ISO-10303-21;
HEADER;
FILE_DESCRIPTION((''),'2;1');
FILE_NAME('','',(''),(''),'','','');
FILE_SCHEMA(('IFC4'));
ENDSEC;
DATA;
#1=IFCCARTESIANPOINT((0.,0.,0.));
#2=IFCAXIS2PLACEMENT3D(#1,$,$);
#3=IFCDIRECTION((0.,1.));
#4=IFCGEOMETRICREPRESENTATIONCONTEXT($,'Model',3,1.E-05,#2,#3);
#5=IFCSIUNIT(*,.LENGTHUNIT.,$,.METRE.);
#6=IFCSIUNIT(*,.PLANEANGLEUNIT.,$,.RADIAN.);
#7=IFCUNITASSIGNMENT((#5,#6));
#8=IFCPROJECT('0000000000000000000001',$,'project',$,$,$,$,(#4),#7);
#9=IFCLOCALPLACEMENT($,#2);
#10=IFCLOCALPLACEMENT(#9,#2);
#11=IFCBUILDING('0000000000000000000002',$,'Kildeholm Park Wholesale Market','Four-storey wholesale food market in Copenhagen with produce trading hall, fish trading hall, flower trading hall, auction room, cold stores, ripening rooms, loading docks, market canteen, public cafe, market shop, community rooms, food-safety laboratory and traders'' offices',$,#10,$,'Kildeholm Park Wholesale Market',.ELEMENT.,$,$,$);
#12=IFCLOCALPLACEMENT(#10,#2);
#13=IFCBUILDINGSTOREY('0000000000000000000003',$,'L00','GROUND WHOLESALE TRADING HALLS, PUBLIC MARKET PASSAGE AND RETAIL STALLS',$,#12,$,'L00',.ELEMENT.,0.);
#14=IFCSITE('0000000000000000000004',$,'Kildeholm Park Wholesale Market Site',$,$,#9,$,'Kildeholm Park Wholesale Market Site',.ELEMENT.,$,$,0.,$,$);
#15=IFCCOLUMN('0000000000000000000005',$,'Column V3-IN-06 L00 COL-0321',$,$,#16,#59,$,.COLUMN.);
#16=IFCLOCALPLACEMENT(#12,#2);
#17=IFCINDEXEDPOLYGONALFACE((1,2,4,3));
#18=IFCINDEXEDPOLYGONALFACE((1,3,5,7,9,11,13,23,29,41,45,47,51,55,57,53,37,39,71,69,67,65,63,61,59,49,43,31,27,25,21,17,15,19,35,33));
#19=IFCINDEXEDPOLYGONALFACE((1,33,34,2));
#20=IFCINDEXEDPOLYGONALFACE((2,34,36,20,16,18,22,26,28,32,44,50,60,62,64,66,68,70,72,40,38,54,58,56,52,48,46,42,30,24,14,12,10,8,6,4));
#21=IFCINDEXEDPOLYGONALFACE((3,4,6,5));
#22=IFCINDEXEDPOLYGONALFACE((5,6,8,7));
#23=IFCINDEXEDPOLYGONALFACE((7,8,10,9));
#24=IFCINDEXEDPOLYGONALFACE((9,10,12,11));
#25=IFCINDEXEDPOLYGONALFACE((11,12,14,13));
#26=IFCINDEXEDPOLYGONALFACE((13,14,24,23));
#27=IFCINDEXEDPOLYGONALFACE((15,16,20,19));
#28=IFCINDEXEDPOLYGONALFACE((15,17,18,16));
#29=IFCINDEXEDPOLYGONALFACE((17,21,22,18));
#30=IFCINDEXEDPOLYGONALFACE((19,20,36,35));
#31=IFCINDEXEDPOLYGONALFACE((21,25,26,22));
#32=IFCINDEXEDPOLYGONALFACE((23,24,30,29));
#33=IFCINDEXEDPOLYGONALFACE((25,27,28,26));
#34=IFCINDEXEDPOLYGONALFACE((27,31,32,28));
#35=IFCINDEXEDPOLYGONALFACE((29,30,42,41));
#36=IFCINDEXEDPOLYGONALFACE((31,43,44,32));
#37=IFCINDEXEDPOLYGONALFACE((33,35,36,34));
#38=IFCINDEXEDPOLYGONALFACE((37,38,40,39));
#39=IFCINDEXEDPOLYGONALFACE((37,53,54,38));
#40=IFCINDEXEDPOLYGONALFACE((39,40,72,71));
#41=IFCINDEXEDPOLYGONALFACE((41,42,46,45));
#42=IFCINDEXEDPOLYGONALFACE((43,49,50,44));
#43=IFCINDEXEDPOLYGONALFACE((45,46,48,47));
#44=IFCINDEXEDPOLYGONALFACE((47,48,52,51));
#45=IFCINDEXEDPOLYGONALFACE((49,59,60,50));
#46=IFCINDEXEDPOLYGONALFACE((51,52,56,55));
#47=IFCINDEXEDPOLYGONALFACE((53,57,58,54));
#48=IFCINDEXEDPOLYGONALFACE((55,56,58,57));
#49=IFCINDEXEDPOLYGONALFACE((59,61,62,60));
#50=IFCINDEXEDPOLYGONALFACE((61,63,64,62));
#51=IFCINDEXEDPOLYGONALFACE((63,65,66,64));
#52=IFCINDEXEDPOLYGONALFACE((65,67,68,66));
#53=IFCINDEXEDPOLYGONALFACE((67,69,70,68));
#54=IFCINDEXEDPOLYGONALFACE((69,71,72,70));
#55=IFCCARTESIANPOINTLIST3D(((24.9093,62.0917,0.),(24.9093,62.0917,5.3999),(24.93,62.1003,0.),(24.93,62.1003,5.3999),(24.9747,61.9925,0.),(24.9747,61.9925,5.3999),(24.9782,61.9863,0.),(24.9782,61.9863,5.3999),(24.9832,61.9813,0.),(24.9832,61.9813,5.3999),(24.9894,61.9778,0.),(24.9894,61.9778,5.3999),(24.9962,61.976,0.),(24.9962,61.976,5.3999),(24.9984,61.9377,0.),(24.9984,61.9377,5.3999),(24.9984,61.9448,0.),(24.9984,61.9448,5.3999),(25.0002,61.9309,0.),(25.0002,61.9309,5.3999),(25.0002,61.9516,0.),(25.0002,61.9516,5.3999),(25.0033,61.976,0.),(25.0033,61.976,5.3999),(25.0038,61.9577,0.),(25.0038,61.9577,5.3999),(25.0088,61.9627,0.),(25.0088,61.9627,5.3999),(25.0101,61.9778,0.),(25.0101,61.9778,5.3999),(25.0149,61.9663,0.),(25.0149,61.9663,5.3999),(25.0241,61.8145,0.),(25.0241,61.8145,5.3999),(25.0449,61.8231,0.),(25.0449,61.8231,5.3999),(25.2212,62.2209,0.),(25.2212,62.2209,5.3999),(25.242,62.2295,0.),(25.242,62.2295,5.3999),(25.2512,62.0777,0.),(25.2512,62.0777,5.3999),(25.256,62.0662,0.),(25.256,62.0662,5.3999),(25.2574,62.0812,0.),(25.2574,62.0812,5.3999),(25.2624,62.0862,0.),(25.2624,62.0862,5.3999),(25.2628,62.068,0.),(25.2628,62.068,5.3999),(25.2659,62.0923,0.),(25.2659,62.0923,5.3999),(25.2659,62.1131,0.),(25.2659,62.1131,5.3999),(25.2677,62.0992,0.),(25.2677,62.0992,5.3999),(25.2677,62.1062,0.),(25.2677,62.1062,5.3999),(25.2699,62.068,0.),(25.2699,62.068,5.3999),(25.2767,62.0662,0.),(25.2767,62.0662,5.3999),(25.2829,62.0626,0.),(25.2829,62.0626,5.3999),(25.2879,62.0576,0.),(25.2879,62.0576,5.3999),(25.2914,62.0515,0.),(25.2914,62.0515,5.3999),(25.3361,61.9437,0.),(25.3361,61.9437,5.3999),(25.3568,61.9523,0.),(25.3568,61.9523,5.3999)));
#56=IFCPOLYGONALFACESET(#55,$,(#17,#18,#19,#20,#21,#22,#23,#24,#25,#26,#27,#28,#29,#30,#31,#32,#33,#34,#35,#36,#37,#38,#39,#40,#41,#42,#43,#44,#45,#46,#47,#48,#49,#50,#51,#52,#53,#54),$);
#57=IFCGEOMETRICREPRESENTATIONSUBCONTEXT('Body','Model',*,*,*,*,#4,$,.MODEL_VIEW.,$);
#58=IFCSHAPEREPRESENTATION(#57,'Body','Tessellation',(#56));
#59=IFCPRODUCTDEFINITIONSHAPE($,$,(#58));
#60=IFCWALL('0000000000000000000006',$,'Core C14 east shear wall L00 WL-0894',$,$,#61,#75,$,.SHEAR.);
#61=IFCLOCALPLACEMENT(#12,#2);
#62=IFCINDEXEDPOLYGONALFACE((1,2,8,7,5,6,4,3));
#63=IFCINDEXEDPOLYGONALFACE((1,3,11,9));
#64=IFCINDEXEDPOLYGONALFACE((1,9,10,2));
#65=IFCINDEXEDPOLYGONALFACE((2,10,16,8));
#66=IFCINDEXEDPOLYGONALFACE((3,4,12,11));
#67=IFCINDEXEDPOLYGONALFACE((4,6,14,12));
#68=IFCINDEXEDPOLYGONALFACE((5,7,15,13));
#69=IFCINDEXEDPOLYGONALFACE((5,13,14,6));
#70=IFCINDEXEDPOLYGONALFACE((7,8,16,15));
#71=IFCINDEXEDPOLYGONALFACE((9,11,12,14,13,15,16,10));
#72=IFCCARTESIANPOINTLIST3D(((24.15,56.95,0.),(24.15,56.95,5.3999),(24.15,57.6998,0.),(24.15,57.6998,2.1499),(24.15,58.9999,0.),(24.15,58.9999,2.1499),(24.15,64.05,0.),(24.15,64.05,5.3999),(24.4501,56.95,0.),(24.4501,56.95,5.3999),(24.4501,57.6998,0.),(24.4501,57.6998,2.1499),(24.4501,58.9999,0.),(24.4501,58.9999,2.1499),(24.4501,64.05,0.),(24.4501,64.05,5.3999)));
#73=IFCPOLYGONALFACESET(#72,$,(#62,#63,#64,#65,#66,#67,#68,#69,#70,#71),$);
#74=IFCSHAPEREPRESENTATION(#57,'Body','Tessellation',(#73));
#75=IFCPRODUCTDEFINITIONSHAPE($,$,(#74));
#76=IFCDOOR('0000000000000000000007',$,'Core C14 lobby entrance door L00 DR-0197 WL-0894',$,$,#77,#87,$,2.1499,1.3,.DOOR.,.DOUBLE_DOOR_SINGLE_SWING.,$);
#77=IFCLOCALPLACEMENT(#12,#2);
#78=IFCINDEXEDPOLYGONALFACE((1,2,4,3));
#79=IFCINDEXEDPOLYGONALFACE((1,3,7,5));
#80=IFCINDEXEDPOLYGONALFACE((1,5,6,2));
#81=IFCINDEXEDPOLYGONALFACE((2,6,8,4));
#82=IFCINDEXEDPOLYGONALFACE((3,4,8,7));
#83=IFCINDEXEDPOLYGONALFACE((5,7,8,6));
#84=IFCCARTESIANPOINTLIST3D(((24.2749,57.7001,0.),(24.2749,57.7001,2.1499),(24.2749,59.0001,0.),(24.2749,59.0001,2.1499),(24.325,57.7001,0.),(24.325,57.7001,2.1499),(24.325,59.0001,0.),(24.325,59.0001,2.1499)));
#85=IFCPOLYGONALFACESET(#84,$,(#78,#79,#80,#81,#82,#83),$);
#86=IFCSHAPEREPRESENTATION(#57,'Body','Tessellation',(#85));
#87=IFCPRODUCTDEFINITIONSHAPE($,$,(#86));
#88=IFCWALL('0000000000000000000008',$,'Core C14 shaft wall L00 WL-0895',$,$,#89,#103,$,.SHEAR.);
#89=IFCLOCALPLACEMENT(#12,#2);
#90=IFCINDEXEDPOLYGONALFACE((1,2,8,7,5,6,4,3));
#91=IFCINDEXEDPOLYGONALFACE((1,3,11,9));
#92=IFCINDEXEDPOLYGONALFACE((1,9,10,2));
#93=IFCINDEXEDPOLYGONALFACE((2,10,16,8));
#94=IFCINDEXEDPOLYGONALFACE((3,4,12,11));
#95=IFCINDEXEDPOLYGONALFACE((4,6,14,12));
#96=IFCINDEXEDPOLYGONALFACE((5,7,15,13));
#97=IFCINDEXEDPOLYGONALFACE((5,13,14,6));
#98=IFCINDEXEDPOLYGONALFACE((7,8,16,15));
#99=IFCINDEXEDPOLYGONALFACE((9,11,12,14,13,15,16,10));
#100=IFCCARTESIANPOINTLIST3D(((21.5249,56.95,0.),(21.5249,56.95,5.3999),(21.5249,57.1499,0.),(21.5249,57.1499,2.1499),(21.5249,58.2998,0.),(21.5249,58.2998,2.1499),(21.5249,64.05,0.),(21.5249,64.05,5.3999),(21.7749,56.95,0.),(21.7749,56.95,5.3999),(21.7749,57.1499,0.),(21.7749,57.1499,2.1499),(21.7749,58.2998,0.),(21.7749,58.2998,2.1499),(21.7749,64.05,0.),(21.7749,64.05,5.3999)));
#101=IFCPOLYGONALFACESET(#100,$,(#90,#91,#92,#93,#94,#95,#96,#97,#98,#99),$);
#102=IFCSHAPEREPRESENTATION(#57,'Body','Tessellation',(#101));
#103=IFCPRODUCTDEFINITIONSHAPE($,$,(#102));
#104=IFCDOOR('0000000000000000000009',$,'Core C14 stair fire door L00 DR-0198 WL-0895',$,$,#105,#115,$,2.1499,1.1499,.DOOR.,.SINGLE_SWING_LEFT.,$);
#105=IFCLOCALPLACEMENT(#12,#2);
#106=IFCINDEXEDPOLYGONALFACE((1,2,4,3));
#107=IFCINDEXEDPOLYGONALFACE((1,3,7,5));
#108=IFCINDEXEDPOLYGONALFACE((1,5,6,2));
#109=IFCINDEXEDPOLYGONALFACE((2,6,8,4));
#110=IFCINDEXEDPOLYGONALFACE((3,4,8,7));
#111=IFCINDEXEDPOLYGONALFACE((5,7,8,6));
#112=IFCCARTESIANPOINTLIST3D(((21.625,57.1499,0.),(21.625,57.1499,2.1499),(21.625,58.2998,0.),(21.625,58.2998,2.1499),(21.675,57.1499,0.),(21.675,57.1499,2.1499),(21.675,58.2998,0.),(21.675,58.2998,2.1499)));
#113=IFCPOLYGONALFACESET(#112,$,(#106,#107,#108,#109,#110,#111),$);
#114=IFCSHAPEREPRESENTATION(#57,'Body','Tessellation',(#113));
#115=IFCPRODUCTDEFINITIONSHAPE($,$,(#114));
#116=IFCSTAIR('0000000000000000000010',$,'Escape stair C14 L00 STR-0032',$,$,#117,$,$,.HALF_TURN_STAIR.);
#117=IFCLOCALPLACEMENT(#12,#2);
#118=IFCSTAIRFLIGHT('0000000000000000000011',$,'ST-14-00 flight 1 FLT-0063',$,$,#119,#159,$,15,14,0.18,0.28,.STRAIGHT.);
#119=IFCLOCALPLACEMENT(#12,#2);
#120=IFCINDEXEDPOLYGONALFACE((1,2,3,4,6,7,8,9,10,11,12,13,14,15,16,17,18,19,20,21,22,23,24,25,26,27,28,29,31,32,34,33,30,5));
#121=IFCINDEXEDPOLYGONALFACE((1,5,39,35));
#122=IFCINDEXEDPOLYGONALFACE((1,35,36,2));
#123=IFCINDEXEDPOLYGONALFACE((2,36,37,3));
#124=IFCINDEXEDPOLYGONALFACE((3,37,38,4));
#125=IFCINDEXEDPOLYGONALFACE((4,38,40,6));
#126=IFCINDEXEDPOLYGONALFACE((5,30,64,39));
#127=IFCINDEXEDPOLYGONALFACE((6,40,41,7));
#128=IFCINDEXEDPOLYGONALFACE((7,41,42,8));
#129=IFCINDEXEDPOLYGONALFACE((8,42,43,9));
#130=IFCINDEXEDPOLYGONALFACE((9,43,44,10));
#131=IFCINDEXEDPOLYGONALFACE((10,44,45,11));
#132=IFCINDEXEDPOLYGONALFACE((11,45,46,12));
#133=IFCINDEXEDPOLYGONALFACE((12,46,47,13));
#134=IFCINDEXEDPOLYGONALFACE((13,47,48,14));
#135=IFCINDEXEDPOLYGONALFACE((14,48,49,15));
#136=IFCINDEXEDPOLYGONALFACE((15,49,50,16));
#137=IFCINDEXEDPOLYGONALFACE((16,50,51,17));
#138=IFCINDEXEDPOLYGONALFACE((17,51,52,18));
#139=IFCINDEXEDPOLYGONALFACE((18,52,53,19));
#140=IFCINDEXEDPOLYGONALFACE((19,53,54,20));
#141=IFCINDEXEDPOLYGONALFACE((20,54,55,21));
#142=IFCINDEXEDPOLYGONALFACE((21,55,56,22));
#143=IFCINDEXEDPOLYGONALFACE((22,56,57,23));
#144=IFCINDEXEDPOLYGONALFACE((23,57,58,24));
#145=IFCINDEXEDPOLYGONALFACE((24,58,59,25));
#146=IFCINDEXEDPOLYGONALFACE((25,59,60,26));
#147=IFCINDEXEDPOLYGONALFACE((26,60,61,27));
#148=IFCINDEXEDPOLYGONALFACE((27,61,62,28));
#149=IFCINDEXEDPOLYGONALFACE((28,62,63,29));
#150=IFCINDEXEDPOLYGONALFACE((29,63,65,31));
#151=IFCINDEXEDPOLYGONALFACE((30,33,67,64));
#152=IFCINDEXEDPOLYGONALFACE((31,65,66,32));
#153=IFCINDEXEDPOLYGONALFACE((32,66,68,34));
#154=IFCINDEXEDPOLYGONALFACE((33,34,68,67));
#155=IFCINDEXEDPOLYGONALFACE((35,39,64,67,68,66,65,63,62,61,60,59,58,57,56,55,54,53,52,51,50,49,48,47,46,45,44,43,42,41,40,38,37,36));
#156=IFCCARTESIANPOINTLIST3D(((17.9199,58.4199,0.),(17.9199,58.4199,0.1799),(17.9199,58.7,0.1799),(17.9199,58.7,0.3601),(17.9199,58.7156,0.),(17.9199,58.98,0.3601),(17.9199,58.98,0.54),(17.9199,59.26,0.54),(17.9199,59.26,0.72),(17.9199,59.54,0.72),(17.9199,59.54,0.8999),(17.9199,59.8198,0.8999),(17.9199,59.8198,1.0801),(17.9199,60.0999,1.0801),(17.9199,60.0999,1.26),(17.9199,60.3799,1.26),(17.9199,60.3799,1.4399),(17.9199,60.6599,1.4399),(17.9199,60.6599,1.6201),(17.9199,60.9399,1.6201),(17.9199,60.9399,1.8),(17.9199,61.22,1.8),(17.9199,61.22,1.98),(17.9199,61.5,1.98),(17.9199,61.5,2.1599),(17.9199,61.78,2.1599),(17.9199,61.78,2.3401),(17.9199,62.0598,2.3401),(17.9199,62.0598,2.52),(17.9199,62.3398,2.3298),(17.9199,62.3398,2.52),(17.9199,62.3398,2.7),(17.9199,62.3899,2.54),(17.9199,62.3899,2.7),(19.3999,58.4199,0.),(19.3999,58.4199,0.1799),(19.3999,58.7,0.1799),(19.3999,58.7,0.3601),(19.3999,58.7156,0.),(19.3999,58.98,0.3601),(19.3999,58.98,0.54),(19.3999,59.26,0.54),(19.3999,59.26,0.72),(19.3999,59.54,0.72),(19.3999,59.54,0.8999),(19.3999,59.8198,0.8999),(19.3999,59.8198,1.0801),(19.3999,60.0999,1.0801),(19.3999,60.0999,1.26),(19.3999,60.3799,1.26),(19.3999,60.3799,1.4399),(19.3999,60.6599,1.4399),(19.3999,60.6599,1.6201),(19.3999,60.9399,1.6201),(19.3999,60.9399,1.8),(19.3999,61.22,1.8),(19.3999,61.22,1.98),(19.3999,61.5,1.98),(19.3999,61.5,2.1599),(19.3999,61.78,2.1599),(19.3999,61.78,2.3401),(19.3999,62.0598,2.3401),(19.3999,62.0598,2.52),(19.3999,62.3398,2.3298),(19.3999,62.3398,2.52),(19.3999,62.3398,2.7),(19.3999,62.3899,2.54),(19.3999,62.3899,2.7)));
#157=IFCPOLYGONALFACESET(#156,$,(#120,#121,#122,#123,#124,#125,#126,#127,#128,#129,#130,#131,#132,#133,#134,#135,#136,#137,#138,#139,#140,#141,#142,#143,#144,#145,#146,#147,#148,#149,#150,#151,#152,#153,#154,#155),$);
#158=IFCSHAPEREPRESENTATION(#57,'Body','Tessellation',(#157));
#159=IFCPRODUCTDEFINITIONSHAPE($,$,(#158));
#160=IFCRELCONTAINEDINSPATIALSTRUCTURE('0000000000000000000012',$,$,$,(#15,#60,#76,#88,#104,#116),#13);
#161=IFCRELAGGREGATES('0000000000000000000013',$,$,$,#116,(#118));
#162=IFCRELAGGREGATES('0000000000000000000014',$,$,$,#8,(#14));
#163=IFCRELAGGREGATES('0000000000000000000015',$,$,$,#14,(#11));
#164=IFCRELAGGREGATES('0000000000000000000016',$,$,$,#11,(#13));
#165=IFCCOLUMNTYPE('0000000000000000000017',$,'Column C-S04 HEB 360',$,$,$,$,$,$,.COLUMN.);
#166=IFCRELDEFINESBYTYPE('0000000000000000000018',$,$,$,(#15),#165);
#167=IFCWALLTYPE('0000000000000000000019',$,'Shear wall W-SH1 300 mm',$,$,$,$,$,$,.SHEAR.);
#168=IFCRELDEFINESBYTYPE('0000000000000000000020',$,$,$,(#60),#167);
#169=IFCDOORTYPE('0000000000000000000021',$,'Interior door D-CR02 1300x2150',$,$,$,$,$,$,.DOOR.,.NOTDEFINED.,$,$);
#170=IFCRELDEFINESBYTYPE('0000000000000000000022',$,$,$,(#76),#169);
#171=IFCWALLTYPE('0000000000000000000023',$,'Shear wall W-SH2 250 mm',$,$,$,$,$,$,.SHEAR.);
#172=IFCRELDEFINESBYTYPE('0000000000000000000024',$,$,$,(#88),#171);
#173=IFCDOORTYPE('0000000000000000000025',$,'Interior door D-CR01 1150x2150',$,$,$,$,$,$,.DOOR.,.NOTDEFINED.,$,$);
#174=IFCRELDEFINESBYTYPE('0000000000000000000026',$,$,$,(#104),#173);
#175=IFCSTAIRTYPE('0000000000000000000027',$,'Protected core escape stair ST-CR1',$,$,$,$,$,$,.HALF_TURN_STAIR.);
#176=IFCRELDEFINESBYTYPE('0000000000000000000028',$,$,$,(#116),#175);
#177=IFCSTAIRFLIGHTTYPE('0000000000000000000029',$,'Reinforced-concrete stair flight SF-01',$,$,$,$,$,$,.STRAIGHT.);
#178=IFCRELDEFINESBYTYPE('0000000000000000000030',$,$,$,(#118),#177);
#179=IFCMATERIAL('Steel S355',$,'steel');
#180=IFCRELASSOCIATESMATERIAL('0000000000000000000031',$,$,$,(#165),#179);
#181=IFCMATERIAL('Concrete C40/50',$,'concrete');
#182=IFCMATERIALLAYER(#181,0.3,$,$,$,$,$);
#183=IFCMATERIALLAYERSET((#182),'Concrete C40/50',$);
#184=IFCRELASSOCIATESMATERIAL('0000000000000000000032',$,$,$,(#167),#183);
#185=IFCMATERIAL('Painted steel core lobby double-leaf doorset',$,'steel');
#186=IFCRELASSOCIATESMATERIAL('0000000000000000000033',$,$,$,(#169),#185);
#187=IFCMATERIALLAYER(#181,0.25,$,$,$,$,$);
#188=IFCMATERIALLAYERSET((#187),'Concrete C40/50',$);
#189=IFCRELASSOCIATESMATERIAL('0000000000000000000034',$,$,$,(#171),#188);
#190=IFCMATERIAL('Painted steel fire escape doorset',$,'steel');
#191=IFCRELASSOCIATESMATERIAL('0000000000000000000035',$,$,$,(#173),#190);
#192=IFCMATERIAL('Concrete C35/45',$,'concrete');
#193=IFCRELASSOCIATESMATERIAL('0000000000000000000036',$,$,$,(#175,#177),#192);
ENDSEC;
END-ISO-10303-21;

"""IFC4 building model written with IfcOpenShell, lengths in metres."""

from ifc_helpers import new_model, si_unit, direction, frame, frame_2d, origin, origin_2d, place, context, subcontext, project, spatial, polyline, rectangle, i_section, outline, extrude, material, layer, layer_set, material_profile, profile_set, type_object, element, fill, aggregate, save


model = new_model("IFC4")

# Units and contexts
model_context = context("Model", 3, precision=1e-05, world=origin(), true_north=direction((0.0, 1.0)))
body_context = subcontext(model_context, "Body", "Model", "MODEL_VIEW")
ifc_project = project(units=[si_unit("LENGTHUNIT", "METRE"), si_unit("PLANEANGLEUNIT", "RADIAN")], contexts=[model_context])

# Site, building, storey
site_placement = place(None, origin())
site = spatial("IfcSite", under=ifc_project, at=site_placement, Name="Kildeholm Park Wholesale Market Site", LongName="Kildeholm Park Wholesale Market Site", CompositionType="ELEMENT", RefElevation=0.0)
building_placement = place(site_placement, origin())
building = spatial("IfcBuilding", under=site, at=building_placement, Name="Kildeholm Park Wholesale Market", Description="Four-storey wholesale food market in Copenhagen with produce trading hall, fish trading hall, flower trading hall, auction room, cold stores, ripening rooms, loading docks, market canteen, public cafe, market shop, community rooms, food-safety laboratory and traders' offices", LongName="Kildeholm Park Wholesale Market", CompositionType="ELEMENT")
storey_placement = place(building_placement, origin())
storey = spatial("IfcBuildingStorey", under=building, at=storey_placement, Name="L00", Description="GROUND WHOLESALE TRADING HALLS, PUBLIC MARKET PASSAGE AND RETAIL STALLS", LongName="L00", CompositionType="ELEMENT", Elevation=0.0)

# Shared definitions
ifc_material_1 = material(Name="Concrete C35/45", Category="concrete")

# Column
ifc_material_2 = material(Name="Steel S355", Category="steel")
ifc_material_profile_1 = material_profile(ifc_material_2, i_section(OverallWidth=0.3, OverallDepth=0.3601, WebThickness=0.0125, FlangeThickness=0.0225, FilletRadius=0.0271, at=origin_2d()), Name="HEB 360")
ifc_profile_set_1 = profile_set([ifc_material_profile_1], Name="Steel S355")
column_type = type_object("IfcColumnType", Name="Column C-S04 HEB 360", PredefinedType="COLUMN", material=ifc_profile_set_1)
for number, where, z_axis, x_axis, name in (
    (1, (25.1331, 62.022, 0.0), (0.0, 0.0, 1.0), (0.382683, -0.92388, 0.0), "Column V3-IN-06 L00 COL-0321"),
):
    element("IfcColumn", number, at=place(storey_placement, frame(where, z_axis=z_axis, x_axis=x_axis)), inside=storey, type_object=column_type, Name=name, PredefinedType="COLUMN", context=body_context, shape_type="SweptSolid", body=[
        extrude(i_section(OverallWidth=0.3, OverallDepth=0.3601, WebThickness=0.0125, FlangeThickness=0.0225, FilletRadius=0.0271, at=origin_2d()), origin(), (0.0, 0.0, 1.0), 5.3999),
    ])

# Walls, openings, doors
ifc_material_3 = material(Name="Concrete C40/50", Category="concrete")
ifc_layer_1 = layer(ifc_material_3, 0.3)
ifc_layer_set_1 = layer_set([ifc_layer_1], Name="Concrete C40/50")
wall_type_1 = type_object("IfcWallType", Name="Shear wall W-SH1 300 mm", PredefinedType="SHEAR", material=ifc_layer_set_1)
wall_1_placement = place(storey_placement, frame((24.3, 56.95, 0.0), z_axis=(0.0, 0.0, 1.0), x_axis=(0.0, 1.0, 0.0)))
wall_1 = element("IfcWall", 2, at=wall_1_placement, inside=storey, type_object=wall_type_1, Name="Core C14 east shear wall L00 WL-0894", PredefinedType="SHEAR", context=body_context, shape_type="SweptSolid", body=[
    extrude(rectangle(XDim=7.1001, YDim=0.3, at=frame_2d((3.55, 0.0))), origin(), (0.0, 0.0, 1.0), 5.3999),
])
opening_1_placement = place(wall_1_placement, frame((0.75, 0.0, 0.0)))
opening_1 = element("IfcOpeningElement", 3, at=opening_1_placement, cuts=wall_1, PredefinedType="OPENING", context=body_context, shape_type="SweptSolid", body=[
    extrude(rectangle(XDim=1.3, YDim=2.1499, at=frame_2d((0.6499, 1.075))), frame((0.0, 0.1599, 0.0), z_axis=(0.0, -1.0, 0.0), x_axis=(1.0, 0.0, 0.0)), (0.0, 0.0, 1.0), 0.3201),
])
ifc_material_4 = material(Name="Painted steel core lobby double-leaf doorset", Category="steel")
door_type_1 = type_object("IfcDoorType", Name="Interior door D-CR02 1300x2150", OperationType="NOTDEFINED", PredefinedType="DOOR", material=ifc_material_4)
door_1_placement = place(opening_1_placement, frame((1.3, 0.0, 0.0), z_axis=(0.0, 0.0, 1.0), x_axis=(-1.0, 0.0, 0.0)))
door_1 = element("IfcDoor", 4, at=door_1_placement, inside=storey, type_object=door_type_1, Name="Core C14 lobby entrance door L00 DR-0197 WL-0894", OperationType="DOUBLE_DOOR_SINGLE_SWING", OverallHeight=2.1499, OverallWidth=1.3, PredefinedType="DOOR", context=body_context, shape_type="SweptSolid", body=[
    extrude(rectangle(XDim=1.3, YDim=2.1499, at=frame_2d((0.6499, 1.075))), frame((0.0, 0.0249, 0.0), z_axis=(0.0, -1.0, 0.0), x_axis=(1.0, 0.0, 0.0)), (0.0, 0.0, 1.0), 0.05),
])
fill(opening_1, door_1)
ifc_layer_2 = layer(ifc_material_3, 0.25)
ifc_layer_set_2 = layer_set([ifc_layer_2], Name="Concrete C40/50")
wall_type_2 = type_object("IfcWallType", Name="Shear wall W-SH2 250 mm", PredefinedType="SHEAR", material=ifc_layer_set_2)
wall_2_placement = place(storey_placement, frame((21.6499, 56.95, 0.0), z_axis=(0.0, 0.0, 1.0), x_axis=(0.0, 1.0, 0.0)))
wall_2 = element("IfcWall", 5, at=wall_2_placement, inside=storey, type_object=wall_type_2, Name="Core C14 shaft wall L00 WL-0895", PredefinedType="SHEAR", context=body_context, shape_type="SweptSolid", body=[
    extrude(rectangle(XDim=7.1001, YDim=0.25, at=frame_2d((3.55, 0.0))), origin(), (0.0, 0.0, 1.0), 5.3999),
])
opening_2_placement = place(wall_2_placement, frame((0.2, 0.0, 0.0)))
opening_2 = element("IfcOpeningElement", 6, at=opening_2_placement, cuts=wall_2, PredefinedType="OPENING", context=body_context, shape_type="SweptSolid", body=[
    extrude(rectangle(XDim=1.1499, YDim=2.1499, at=frame_2d((0.575, 1.075))), frame((0.0, 0.135, 0.0), z_axis=(0.0, -1.0, 0.0), x_axis=(1.0, 0.0, 0.0)), (0.0, 0.0, 1.0), 0.27),
])
ifc_material_5 = material(Name="Painted steel fire escape doorset", Category="steel")
door_type_2 = type_object("IfcDoorType", Name="Interior door D-CR01 1150x2150", OperationType="NOTDEFINED", PredefinedType="DOOR", material=ifc_material_5)
door_2_placement = place(opening_2_placement, origin())
door_2 = element("IfcDoor", 7, at=door_2_placement, inside=storey, type_object=door_type_2, Name="Core C14 stair fire door L00 DR-0198 WL-0895", OperationType="SINGLE_SWING_LEFT", OverallHeight=2.1499, OverallWidth=1.1499, PredefinedType="DOOR", context=body_context, shape_type="SweptSolid", body=[
    extrude(rectangle(XDim=1.1499, YDim=2.1499, at=frame_2d((0.575, 1.075))), frame((0.0, 0.0249, 0.0), z_axis=(0.0, -1.0, 0.0), x_axis=(1.0, 0.0, 0.0)), (0.0, 0.0, 1.0), 0.05),
])
fill(opening_2, door_2)

# Stair, stair flight
stair_type = type_object("IfcStairType", Name="Protected core escape stair ST-CR1", PredefinedType="HALF_TURN_STAIR", material=ifc_material_1)
stair_placement = place(storey_placement, origin())
stair = element("IfcStair", 8, at=stair_placement, inside=storey, type_object=stair_type, Name="Escape stair C14 L00 STR-0032", PredefinedType="HALF_TURN_STAIR")
stair_flight_type = type_object("IfcStairFlightType", Name="Reinforced-concrete stair flight SF-01", PredefinedType="STRAIGHT", material=ifc_material_1)
stair_flight_placement = place(storey_placement, frame((18.6599, 58.4199, 0.0), z_axis=(0.0, 0.0, 1.0), x_axis=(0.0, 1.0, 0.0)))
stair_flight = element("IfcStairFlight", 9, at=stair_flight_placement, type_object=stair_flight_type, Name="ST-14-00 flight 1 FLT-0063", NumberOfRisers=15, NumberOfTreads=14, PredefinedType="STRAIGHT", RiserHeight=0.18, TreadLength=0.28, context=body_context, shape_type="SweptSolid", body=[
    extrude(outline(polyline([(0.0, 0.0), (0.0, 0.1799), (0.28, 0.1799), (0.28, 0.3601), (0.5601, 0.3601), (0.5601, 0.54), (0.8401, 0.54), (0.8401, 0.72), (1.1201, 0.72), (1.1201, 0.8999), (1.3999, 0.8999), (1.3999, 1.0801), (1.6799, 1.0801), (1.6799, 1.26), (1.96, 1.26), (1.96, 1.4399), (2.24, 1.4399), (2.24, 1.6201), (2.52, 1.6201), (2.52, 1.8), (2.8, 1.8), (2.8, 1.98), (3.0801, 1.98), (3.0801, 2.1599), (3.3601, 2.1599), (3.3601, 2.3401), (3.6399, 2.3401), (3.6399, 2.52), (3.9199, 2.52), (3.9199, 2.7), (3.97, 2.7), (3.97, 2.54), (3.9199, 2.3298), (0.2957, 0.0), (0.0, 0.0)])), frame((0.0, 0.74, 0.0), z_axis=(0.0, -1.0, 0.0), x_axis=(1.0, 0.0, 0.0)), (0.0, 0.0, 1.0), 1.48),
])
aggregate(stair, [stair_flight])

save(model, "model.ifc")
